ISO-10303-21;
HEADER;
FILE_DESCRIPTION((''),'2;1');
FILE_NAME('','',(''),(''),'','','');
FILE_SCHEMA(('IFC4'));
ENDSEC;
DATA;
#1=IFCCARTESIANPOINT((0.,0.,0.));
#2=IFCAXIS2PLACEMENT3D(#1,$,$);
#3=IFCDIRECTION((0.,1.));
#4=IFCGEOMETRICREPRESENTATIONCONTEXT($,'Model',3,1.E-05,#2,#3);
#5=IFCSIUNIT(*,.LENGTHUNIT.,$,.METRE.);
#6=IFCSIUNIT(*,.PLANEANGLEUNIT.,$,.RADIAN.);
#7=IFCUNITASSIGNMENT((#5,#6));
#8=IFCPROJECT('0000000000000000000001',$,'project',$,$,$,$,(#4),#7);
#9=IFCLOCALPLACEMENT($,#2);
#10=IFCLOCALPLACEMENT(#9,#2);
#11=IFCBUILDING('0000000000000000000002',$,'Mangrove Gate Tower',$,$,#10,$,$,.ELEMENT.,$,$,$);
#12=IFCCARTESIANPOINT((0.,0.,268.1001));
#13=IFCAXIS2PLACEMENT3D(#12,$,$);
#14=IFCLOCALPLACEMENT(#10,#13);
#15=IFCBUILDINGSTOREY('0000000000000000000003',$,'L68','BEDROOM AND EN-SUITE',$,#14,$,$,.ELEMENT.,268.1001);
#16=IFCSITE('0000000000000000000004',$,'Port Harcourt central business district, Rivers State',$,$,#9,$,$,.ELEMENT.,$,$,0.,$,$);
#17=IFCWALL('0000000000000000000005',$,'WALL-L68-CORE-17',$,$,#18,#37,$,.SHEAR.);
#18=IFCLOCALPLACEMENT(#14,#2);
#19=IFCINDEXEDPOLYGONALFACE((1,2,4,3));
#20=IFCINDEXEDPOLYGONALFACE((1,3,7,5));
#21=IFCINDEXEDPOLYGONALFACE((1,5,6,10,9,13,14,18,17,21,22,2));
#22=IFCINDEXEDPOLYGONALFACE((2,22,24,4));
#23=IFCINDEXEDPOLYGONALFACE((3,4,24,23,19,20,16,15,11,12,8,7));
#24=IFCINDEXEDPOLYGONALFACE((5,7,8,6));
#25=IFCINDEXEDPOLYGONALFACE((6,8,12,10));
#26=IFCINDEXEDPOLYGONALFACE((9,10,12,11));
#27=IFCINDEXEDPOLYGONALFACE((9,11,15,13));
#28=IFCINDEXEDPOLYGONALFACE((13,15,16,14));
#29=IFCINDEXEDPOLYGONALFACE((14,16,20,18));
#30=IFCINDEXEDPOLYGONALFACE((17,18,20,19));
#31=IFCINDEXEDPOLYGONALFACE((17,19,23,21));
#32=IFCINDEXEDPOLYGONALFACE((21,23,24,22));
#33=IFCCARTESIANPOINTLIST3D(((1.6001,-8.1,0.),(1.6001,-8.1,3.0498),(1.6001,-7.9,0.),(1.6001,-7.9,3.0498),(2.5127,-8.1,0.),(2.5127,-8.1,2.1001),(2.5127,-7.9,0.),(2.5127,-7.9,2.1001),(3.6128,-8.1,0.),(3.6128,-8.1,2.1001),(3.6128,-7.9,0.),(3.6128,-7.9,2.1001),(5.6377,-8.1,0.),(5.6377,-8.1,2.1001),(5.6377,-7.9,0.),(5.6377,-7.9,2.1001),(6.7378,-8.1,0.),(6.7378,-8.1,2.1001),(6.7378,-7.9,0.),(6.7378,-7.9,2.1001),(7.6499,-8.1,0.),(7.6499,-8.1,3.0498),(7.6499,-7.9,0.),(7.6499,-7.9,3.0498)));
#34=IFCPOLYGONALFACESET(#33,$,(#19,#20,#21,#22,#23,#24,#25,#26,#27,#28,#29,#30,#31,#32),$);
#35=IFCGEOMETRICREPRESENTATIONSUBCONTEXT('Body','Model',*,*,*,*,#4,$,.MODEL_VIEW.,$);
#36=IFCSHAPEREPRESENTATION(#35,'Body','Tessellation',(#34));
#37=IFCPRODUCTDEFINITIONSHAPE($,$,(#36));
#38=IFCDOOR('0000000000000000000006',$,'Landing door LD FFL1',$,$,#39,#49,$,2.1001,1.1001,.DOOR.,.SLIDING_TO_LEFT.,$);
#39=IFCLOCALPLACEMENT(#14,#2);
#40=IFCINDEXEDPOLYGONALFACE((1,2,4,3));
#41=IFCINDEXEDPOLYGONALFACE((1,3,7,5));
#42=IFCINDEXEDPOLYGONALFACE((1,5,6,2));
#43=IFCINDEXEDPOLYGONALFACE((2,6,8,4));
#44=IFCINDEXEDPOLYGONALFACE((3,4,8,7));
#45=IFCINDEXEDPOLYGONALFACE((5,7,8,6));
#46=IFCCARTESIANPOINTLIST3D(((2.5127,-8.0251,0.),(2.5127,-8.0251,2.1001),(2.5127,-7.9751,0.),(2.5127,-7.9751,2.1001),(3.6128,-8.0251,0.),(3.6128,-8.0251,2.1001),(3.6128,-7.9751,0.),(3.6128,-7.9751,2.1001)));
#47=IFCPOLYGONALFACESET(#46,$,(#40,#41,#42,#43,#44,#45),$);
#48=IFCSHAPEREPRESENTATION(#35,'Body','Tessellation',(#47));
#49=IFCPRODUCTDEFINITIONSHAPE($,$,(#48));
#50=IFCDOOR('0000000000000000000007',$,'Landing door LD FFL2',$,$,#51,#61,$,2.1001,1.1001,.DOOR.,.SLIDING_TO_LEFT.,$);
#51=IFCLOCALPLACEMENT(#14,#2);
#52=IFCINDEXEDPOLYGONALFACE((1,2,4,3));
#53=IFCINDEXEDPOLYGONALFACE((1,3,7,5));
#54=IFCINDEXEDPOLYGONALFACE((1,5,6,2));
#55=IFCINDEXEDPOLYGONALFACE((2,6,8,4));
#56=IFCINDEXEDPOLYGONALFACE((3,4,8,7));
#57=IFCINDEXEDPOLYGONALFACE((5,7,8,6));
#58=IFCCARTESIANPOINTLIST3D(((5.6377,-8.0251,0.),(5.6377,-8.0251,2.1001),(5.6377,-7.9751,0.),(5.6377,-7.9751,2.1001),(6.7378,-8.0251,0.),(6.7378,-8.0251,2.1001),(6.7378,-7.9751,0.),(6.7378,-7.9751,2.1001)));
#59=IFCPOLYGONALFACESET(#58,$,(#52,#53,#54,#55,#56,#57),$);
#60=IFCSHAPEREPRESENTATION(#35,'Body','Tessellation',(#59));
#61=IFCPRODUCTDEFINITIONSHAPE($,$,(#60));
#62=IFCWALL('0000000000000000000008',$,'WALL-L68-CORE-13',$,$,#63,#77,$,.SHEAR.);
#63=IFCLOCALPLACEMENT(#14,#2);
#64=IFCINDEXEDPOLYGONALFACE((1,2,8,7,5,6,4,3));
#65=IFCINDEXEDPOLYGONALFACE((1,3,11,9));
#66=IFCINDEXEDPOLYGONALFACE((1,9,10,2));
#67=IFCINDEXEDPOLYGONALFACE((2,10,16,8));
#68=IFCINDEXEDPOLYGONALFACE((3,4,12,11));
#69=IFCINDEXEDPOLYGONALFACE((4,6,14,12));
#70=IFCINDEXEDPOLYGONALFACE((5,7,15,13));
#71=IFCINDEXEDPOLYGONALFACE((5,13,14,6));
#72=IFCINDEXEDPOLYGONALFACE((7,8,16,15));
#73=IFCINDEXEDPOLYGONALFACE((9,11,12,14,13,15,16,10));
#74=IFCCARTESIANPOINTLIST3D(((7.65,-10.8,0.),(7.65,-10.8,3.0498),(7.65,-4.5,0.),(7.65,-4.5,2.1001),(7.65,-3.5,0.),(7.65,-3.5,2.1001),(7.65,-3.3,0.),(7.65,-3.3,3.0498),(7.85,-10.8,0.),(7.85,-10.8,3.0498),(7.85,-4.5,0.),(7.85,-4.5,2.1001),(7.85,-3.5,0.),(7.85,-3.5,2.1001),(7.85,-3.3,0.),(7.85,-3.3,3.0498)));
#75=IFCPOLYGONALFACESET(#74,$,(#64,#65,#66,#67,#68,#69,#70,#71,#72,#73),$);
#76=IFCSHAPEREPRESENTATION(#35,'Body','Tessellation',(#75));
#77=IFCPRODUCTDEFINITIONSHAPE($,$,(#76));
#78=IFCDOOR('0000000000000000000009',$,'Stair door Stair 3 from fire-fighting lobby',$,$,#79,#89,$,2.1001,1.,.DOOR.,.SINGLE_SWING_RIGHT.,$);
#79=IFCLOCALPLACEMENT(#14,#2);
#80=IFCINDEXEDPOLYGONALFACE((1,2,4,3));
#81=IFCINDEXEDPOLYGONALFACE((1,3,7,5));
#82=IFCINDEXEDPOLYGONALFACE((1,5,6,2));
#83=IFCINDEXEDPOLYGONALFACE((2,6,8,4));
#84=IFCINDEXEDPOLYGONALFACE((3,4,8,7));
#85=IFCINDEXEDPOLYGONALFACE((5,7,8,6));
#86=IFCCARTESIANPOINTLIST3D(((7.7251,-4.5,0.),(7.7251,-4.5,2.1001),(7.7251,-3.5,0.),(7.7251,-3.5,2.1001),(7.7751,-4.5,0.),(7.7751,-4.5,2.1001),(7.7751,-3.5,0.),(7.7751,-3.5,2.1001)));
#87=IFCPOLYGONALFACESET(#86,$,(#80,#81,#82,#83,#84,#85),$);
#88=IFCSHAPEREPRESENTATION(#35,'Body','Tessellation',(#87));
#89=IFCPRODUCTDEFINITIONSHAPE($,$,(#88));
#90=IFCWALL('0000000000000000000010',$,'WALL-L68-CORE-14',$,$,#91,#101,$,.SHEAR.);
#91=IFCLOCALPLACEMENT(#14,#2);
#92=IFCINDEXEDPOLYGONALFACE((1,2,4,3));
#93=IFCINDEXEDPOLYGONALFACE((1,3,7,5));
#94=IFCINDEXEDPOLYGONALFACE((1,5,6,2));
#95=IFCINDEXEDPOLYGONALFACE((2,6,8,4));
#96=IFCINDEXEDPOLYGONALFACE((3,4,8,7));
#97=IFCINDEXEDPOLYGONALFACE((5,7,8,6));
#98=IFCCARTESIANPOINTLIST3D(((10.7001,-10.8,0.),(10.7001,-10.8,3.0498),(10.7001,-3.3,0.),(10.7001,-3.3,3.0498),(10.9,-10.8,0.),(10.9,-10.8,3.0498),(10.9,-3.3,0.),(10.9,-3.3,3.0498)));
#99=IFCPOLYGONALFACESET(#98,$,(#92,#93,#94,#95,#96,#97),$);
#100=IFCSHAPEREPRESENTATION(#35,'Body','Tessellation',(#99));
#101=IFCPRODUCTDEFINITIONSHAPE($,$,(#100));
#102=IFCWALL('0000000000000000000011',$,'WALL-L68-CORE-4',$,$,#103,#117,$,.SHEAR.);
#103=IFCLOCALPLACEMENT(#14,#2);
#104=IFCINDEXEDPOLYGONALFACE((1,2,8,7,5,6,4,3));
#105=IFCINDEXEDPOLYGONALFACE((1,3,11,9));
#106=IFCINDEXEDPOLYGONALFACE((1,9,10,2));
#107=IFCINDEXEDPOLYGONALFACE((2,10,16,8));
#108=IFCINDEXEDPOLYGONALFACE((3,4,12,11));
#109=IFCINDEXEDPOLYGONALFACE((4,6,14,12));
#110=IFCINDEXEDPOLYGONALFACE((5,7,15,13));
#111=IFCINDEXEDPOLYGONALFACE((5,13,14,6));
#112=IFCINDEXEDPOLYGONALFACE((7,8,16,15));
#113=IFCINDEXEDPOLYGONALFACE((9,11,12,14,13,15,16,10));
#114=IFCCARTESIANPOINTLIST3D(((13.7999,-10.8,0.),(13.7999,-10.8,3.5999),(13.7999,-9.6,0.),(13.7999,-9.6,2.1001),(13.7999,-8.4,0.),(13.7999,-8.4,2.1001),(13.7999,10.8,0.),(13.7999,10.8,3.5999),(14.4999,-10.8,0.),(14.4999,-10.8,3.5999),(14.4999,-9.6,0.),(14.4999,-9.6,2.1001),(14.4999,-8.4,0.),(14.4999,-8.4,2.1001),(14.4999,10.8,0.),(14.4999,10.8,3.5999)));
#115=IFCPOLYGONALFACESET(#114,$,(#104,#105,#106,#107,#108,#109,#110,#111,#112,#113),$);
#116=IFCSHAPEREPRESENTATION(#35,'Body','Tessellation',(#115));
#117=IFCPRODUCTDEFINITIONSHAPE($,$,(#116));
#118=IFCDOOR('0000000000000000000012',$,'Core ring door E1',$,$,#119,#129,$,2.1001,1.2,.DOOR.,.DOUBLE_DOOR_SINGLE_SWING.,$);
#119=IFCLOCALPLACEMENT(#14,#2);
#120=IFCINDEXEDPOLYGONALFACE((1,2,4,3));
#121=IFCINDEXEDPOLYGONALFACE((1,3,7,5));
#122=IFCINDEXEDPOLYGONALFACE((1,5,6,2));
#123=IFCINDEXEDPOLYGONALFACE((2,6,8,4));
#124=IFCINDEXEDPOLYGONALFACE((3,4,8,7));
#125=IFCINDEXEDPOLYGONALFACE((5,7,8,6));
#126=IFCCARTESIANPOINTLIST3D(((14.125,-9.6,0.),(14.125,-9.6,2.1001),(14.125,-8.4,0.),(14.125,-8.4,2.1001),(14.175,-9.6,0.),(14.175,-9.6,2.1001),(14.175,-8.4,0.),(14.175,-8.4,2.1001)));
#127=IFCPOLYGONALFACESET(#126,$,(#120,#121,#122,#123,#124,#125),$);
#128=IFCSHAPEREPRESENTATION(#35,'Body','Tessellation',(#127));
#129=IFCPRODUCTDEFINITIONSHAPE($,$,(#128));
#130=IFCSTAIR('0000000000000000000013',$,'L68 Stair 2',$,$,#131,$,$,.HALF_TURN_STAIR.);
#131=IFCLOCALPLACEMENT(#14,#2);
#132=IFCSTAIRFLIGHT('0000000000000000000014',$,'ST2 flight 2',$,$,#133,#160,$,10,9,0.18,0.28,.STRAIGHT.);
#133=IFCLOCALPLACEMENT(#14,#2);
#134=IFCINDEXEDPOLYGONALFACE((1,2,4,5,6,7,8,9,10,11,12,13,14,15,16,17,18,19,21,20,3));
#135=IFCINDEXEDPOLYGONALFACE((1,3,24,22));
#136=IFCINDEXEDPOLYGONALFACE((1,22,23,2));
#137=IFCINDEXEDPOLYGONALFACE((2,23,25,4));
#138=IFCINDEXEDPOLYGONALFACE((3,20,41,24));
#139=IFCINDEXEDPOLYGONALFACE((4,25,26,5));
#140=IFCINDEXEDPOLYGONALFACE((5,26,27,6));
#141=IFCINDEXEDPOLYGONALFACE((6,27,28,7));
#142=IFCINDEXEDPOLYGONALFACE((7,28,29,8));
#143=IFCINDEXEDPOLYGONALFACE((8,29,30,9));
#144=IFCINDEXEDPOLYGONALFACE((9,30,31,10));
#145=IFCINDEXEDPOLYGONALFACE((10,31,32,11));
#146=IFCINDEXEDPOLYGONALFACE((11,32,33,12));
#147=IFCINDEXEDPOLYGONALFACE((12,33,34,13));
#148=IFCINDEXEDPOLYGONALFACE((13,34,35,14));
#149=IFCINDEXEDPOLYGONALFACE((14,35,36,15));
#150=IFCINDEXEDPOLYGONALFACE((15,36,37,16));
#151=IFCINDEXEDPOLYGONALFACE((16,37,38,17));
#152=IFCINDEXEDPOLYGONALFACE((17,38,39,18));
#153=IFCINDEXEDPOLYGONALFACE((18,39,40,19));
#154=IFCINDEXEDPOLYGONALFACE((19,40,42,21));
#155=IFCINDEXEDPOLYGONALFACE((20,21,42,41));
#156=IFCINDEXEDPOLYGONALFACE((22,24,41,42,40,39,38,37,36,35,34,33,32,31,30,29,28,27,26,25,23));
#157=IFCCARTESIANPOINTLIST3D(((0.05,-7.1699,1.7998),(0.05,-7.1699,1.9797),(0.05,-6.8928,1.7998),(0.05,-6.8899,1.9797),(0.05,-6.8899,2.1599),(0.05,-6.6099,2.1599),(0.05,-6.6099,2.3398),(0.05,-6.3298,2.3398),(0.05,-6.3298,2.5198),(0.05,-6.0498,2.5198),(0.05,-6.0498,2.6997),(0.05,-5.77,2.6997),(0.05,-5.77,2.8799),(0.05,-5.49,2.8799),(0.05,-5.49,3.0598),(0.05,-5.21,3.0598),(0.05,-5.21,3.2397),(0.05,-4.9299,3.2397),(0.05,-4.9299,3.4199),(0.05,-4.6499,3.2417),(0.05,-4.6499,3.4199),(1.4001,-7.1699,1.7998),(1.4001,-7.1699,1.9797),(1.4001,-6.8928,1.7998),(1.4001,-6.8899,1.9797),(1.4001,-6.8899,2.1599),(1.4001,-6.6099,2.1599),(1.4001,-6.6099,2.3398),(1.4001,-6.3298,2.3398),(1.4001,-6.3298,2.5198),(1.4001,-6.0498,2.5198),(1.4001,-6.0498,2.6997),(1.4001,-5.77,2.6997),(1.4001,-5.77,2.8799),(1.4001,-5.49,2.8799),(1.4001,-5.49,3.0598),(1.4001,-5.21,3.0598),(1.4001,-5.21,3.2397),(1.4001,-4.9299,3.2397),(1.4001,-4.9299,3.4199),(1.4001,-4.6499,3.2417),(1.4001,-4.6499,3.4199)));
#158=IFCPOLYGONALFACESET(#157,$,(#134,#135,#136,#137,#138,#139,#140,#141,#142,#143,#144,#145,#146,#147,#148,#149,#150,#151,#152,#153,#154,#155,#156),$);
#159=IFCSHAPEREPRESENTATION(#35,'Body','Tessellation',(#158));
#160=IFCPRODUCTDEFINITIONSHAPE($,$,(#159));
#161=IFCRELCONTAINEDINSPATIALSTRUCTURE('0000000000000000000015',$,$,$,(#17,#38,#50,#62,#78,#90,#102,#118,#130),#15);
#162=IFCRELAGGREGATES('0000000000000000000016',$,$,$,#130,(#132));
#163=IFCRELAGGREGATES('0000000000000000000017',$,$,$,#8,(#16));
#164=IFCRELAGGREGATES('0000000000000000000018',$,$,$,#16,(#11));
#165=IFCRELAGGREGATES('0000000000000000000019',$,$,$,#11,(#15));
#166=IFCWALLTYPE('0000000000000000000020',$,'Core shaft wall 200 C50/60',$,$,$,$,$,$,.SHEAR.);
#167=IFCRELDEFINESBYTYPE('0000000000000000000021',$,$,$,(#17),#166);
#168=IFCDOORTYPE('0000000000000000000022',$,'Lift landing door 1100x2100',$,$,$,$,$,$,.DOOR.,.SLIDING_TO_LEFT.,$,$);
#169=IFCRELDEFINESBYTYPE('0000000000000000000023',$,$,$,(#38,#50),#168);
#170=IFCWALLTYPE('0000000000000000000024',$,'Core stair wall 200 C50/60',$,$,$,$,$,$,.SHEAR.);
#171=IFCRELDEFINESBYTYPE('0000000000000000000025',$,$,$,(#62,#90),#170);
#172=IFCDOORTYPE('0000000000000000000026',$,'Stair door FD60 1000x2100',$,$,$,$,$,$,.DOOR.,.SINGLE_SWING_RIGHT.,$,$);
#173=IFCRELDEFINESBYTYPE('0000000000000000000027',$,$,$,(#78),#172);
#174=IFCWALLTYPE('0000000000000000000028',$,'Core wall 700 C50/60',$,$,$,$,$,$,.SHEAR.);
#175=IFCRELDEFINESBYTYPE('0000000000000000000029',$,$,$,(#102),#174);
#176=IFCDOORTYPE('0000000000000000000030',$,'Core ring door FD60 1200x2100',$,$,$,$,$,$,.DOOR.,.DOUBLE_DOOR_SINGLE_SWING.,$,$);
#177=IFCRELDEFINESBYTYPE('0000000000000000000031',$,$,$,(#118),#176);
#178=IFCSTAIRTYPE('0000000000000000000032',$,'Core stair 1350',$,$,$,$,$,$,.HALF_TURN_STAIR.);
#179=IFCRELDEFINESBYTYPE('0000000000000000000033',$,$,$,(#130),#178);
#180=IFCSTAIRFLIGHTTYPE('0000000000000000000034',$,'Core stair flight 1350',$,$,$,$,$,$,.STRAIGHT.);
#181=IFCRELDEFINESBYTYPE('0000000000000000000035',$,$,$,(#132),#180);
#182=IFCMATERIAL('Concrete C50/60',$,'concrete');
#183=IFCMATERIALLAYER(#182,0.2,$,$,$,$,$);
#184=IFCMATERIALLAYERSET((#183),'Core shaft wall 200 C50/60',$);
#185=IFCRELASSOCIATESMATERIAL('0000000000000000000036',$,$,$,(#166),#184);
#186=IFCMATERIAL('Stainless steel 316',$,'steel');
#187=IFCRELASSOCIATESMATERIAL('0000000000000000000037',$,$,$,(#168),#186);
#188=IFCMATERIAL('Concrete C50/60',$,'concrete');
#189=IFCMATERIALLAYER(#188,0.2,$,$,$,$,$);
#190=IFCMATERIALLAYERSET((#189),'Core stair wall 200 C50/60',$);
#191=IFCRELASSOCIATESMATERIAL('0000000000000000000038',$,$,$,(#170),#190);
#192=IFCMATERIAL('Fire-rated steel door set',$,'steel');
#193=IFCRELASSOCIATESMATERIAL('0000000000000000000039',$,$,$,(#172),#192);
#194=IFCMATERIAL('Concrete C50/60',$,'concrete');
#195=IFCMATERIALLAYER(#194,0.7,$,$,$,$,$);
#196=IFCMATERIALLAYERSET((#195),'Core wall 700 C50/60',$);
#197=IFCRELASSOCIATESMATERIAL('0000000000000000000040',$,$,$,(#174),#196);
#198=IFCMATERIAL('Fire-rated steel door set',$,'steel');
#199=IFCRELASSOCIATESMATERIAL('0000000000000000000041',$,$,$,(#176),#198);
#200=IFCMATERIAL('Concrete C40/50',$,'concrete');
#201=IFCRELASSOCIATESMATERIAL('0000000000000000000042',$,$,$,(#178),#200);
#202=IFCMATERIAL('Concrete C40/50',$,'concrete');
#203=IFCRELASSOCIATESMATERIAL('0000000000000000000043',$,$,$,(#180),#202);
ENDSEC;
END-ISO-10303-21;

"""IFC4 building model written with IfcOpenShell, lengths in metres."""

from ifc_helpers import new_model, si_unit, direction, frame, frame_2d, origin, place, context, subcontext, project, spatial, polyline, rectangle, outline, extrude, material, layer, layer_set, type_object, element, fill, aggregate, save


model = new_model("IFC4")

# Units and contexts
model_context = context("Model", 3, precision=1e-05, world=origin(), true_north=direction((0.0, 1.0)))
body_context = subcontext(model_context, "Body", "Model", "MODEL_VIEW")
ifc_project = project(units=[si_unit("LENGTHUNIT", "METRE"), si_unit("PLANEANGLEUNIT", "RADIAN")], contexts=[model_context])

# Site, building, storey
site_placement = place(None, origin())
site = spatial("IfcSite", under=ifc_project, at=site_placement, Name="Port Harcourt central business district, Rivers State", CompositionType="ELEMENT", RefElevation=0.0)
building_placement = place(site_placement, origin())
building = spatial("IfcBuilding", under=site, at=building_placement, Name="Mangrove Gate Tower", CompositionType="ELEMENT")
storey_placement = place(building_placement, frame((0.0, 0.0, 268.1001)))
storey = spatial("IfcBuildingStorey", under=building, at=storey_placement, Name="L68", Description="BEDROOM AND EN-SUITE", CompositionType="ELEMENT", Elevation=268.1001)

# Wall, openings, doors
ifc_material_1 = material(Name="Concrete C50/60", Category="concrete")
ifc_layer_1 = layer(ifc_material_1, 0.2)
ifc_layer_set_1 = layer_set([ifc_layer_1], Name="Core shaft wall 200 C50/60")
wall_type_1 = type_object("IfcWallType", Name="Core shaft wall 200 C50/60", PredefinedType="SHEAR", material=ifc_layer_set_1)
wall_1_placement = place(storey_placement, frame((1.6001, -8.0, 0.0), z_axis=(0.0, 0.0, 1.0), x_axis=(1.0, 0.0, 0.0)))
wall_1 = element("IfcWall", 1, at=wall_1_placement, inside=storey, type_object=wall_type_1, Name="WALL-L68-CORE-17", PredefinedType="SHEAR", context=body_context, shape_type="SweptSolid", body=[
    extrude(rectangle(XDim=6.0498, YDim=0.2, at=frame_2d((3.0249, 0.0))), origin(), (0.0, 0.0, 1.0), 3.0498),
])
opening_1_placement = place(wall_1_placement, frame((0.9126, 0.0, 0.0)))
opening_1 = element("IfcOpeningElement", 2, at=opening_1_placement, cuts=wall_1, PredefinedType="OPENING", context=body_context, shape_type="SweptSolid", body=[
    extrude(rectangle(XDim=1.1001, YDim=2.1001, at=frame_2d((0.55, 1.05))), frame((0.0, 0.1099, 0.0), z_axis=(0.0, -1.0, 0.0), x_axis=(1.0, 0.0, 0.0)), (0.0, 0.0, 1.0), 0.22),
])
opening_2_placement = place(wall_1_placement, frame((4.0376, 0.0, 0.0)))
opening_2 = element("IfcOpeningElement", 3, at=opening_2_placement, cuts=wall_1, PredefinedType="OPENING", context=body_context, shape_type="SweptSolid", body=[
    extrude(rectangle(XDim=1.1001, YDim=2.1001, at=frame_2d((0.55, 1.05))), frame((0.0, 0.1099, 0.0), z_axis=(0.0, -1.0, 0.0), x_axis=(1.0, 0.0, 0.0)), (0.0, 0.0, 1.0), 0.22),
])
ifc_material_2 = material(Name="Stainless steel 316", Category="steel")
door_type_1 = type_object("IfcDoorType", Name="Lift landing door 1100x2100", OperationType="SLIDING_TO_LEFT", PredefinedType="DOOR", material=ifc_material_2)
door_1_placement = place(opening_1_placement, origin())
door_1 = element("IfcDoor", 4, at=door_1_placement, inside=storey, type_object=door_type_1, Name="Landing door LD FFL1", OperationType="SLIDING_TO_LEFT", OverallHeight=2.1001, OverallWidth=1.1001, PredefinedType="DOOR", context=body_context, shape_type="SweptSolid", body=[
    extrude(rectangle(XDim=1.1001, YDim=2.1001, at=frame_2d((0.55, 1.05))), frame((0.0, 0.0249, 0.0), z_axis=(0.0, -1.0, 0.0), x_axis=(1.0, 0.0, 0.0)), (0.0, 0.0, 1.0), 0.05),
])
fill(opening_1, door_1)
door_2_placement = place(opening_2_placement, origin())
door_2 = element("IfcDoor", 5, at=door_2_placement, inside=storey, type_object=door_type_1, Name="Landing door LD FFL2", OperationType="SLIDING_TO_LEFT", OverallHeight=2.1001, OverallWidth=1.1001, PredefinedType="DOOR", context=body_context, shape_type="SweptSolid", body=[
    extrude(rectangle(XDim=1.1001, YDim=2.1001, at=frame_2d((0.55, 1.05))), frame((0.0, 0.0249, 0.0), z_axis=(0.0, -1.0, 0.0), x_axis=(1.0, 0.0, 0.0)), (0.0, 0.0, 1.0), 0.05),
])
fill(opening_2, door_2)

# Wall, opening, door
ifc_material_3 = material(Name="Concrete C50/60", Category="concrete")
ifc_layer_2 = layer(ifc_material_3, 0.2)
ifc_layer_set_2 = layer_set([ifc_layer_2], Name="Core stair wall 200 C50/60")
wall_type_2 = type_object("IfcWallType", Name="Core stair wall 200 C50/60", PredefinedType="SHEAR", material=ifc_layer_set_2)
wall_2_placement = place(storey_placement, frame((7.75, -10.8, 0.0), z_axis=(0.0, 0.0, 1.0), x_axis=(0.0, 1.0, 0.0)))
wall_2 = element("IfcWall", 6, at=wall_2_placement, inside=storey, type_object=wall_type_2, Name="WALL-L68-CORE-13", PredefinedType="SHEAR", context=body_context, shape_type="SweptSolid", body=[
    extrude(rectangle(XDim=7.5, YDim=0.2, at=frame_2d((3.75, 0.0))), origin(), (0.0, 0.0, 1.0), 3.0498),
])
opening_3_placement = place(wall_2_placement, frame((6.3, 0.0, 0.0)))
opening_3 = element("IfcOpeningElement", 7, at=opening_3_placement, cuts=wall_2, PredefinedType="OPENING", context=body_context, shape_type="SweptSolid", body=[
    extrude(rectangle(XDim=1.0, YDim=2.1001, at=frame_2d((0.5, 1.05))), frame((0.0, 0.1099, 0.0), z_axis=(0.0, -1.0, 0.0), x_axis=(1.0, 0.0, 0.0)), (0.0, 0.0, 1.0), 0.22),
])
ifc_material_4 = material(Name="Fire-rated steel door set", Category="steel")
door_type_2 = type_object("IfcDoorType", Name="Stair door FD60 1000x2100", OperationType="SINGLE_SWING_RIGHT", PredefinedType="DOOR", material=ifc_material_4)
door_3_placement = place(opening_3_placement, origin())
door_3 = element("IfcDoor", 8, at=door_3_placement, inside=storey, type_object=door_type_2, Name="Stair door Stair 3 from fire-fighting lobby", OperationType="SINGLE_SWING_RIGHT", OverallHeight=2.1001, OverallWidth=1.0, PredefinedType="DOOR", context=body_context, shape_type="SweptSolid", body=[
    extrude(rectangle(XDim=1.0, YDim=2.1001, at=frame_2d((0.5, 1.05))), frame((0.0, 0.0249, 0.0), z_axis=(0.0, -1.0, 0.0), x_axis=(1.0, 0.0, 0.0)), (0.0, 0.0, 1.0), 0.05),
])
fill(opening_3, door_3)

# Wall
wall_3_placement = place(storey_placement, frame((10.8, -10.8, 0.0), z_axis=(0.0, 0.0, 1.0), x_axis=(0.0, 1.0, 0.0)))
element("IfcWall", 9, at=wall_3_placement, inside=storey, type_object=wall_type_2, Name="WALL-L68-CORE-14", PredefinedType="SHEAR", context=body_context, shape_type="SweptSolid", body=[
    extrude(rectangle(XDim=7.5, YDim=0.2, at=frame_2d((3.75, 0.0))), origin(), (0.0, 0.0, 1.0), 3.0498),
])

# Wall, opening, door
ifc_material_5 = material(Name="Concrete C50/60", Category="concrete")
ifc_layer_3 = layer(ifc_material_5, 0.7)
ifc_layer_set_3 = layer_set([ifc_layer_3], Name="Core wall 700 C50/60")
wall_type_3 = type_object("IfcWallType", Name="Core wall 700 C50/60", PredefinedType="SHEAR", material=ifc_layer_set_3)
wall_4_placement = place(storey_placement, frame((14.1499, -10.8, 0.0), z_axis=(0.0, 0.0, 1.0), x_axis=(0.0, 1.0, 0.0)))
wall_4 = element("IfcWall", 10, at=wall_4_placement, inside=storey, type_object=wall_type_3, Name="WALL-L68-CORE-4", PredefinedType="SHEAR", context=body_context, shape_type="SweptSolid", body=[
    extrude(rectangle(XDim=21.6001, YDim=0.7, at=frame_2d((10.8, 0.0))), origin(), (0.0, 0.0, 1.0), 3.5999),
])
opening_4_placement = place(wall_4_placement, frame((1.2, 0.0, 0.0)))
opening_4 = element("IfcOpeningElement", 11, at=opening_4_placement, cuts=wall_4, PredefinedType="OPENING", context=body_context, shape_type="SweptSolid", body=[
    extrude(rectangle(XDim=1.2, YDim=2.1001, at=frame_2d((0.6001, 1.05))), frame((0.0, 0.3599, 0.0), z_axis=(0.0, -1.0, 0.0), x_axis=(1.0, 0.0, 0.0)), (0.0, 0.0, 1.0), 0.72),
])
ifc_material_6 = material(Name="Fire-rated steel door set", Category="steel")
door_type_3 = type_object("IfcDoorType", Name="Core ring door FD60 1200x2100", OperationType="DOUBLE_DOOR_SINGLE_SWING", PredefinedType="DOOR", material=ifc_material_6)
door_4_placement = place(opening_4_placement, origin())
door_4 = element("IfcDoor", 12, at=door_4_placement, inside=storey, type_object=door_type_3, Name="Core ring door E1", OperationType="DOUBLE_DOOR_SINGLE_SWING", OverallHeight=2.1001, OverallWidth=1.2, PredefinedType="DOOR", context=body_context, shape_type="SweptSolid", body=[
    extrude(rectangle(XDim=1.2, YDim=2.1001, at=frame_2d((0.6001, 1.05))), frame((0.0, 0.0249, 0.0), z_axis=(0.0, -1.0, 0.0), x_axis=(1.0, 0.0, 0.0)), (0.0, 0.0, 1.0), 0.05),
])
fill(opening_4, door_4)

# Stair, stair flight
ifc_material_7 = material(Name="Concrete C40/50", Category="concrete")
stair_type = type_object("IfcStairType", Name="Core stair 1350", PredefinedType="HALF_TURN_STAIR", material=ifc_material_7)
stair_1_placement = place(storey_placement, origin())
stair_1 = element("IfcStair", 13, at=stair_1_placement, inside=storey, type_object=stair_type, Name="L68 Stair 2", PredefinedType="HALF_TURN_STAIR")
ifc_material_8 = material(Name="Concrete C40/50", Category="concrete")
stair_flight_type = type_object("IfcStairFlightType", Name="Core stair flight 1350", PredefinedType="STRAIGHT", material=ifc_material_8)
stair_flight_1_placement = place(storey_placement, frame((0.7251, -7.1699, 1.7998), z_axis=(0.0, 0.0, 1.0), x_axis=(0.0, 1.0, 0.0)))
stair_flight_1 = element("IfcStairFlight", 14, at=stair_flight_1_placement, type_object=stair_flight_type, Name="ST2 flight 2", NumberOfRisers=10, NumberOfTreads=9, PredefinedType="STRAIGHT", RiserHeight=0.18, TreadLength=0.28, context=body_context, shape_type="SweptSolid", body=[
    extrude(outline(polyline([(0.0, 0.0), (0.0, 0.1799), (0.28, 0.1799), (0.28, 0.3601), (0.5601, 0.3601), (0.5601, 0.54), (0.8401, 0.54), (0.8401, 0.72), (1.1201, 0.72), (1.1201, 0.8999), (1.3999, 0.8999), (1.3999, 1.0801), (1.6799, 1.0801), (1.6799, 1.26), (1.96, 1.26), (1.96, 1.4399), (2.24, 1.4399), (2.24, 1.6201), (2.52, 1.6201), (2.52, 1.8), (2.52, 1.4419), (0.2771, 0.0), (0.0, 0.0)])), frame((0.0, 0.675, 0.0), z_axis=(0.0, -1.0, 0.0), x_axis=(1.0, 0.0, 0.0)), (0.0, 0.0, 1.0), 1.3501),
])
aggregate(stair_1, [stair_flight_1])

save(model, "model.ifc")
